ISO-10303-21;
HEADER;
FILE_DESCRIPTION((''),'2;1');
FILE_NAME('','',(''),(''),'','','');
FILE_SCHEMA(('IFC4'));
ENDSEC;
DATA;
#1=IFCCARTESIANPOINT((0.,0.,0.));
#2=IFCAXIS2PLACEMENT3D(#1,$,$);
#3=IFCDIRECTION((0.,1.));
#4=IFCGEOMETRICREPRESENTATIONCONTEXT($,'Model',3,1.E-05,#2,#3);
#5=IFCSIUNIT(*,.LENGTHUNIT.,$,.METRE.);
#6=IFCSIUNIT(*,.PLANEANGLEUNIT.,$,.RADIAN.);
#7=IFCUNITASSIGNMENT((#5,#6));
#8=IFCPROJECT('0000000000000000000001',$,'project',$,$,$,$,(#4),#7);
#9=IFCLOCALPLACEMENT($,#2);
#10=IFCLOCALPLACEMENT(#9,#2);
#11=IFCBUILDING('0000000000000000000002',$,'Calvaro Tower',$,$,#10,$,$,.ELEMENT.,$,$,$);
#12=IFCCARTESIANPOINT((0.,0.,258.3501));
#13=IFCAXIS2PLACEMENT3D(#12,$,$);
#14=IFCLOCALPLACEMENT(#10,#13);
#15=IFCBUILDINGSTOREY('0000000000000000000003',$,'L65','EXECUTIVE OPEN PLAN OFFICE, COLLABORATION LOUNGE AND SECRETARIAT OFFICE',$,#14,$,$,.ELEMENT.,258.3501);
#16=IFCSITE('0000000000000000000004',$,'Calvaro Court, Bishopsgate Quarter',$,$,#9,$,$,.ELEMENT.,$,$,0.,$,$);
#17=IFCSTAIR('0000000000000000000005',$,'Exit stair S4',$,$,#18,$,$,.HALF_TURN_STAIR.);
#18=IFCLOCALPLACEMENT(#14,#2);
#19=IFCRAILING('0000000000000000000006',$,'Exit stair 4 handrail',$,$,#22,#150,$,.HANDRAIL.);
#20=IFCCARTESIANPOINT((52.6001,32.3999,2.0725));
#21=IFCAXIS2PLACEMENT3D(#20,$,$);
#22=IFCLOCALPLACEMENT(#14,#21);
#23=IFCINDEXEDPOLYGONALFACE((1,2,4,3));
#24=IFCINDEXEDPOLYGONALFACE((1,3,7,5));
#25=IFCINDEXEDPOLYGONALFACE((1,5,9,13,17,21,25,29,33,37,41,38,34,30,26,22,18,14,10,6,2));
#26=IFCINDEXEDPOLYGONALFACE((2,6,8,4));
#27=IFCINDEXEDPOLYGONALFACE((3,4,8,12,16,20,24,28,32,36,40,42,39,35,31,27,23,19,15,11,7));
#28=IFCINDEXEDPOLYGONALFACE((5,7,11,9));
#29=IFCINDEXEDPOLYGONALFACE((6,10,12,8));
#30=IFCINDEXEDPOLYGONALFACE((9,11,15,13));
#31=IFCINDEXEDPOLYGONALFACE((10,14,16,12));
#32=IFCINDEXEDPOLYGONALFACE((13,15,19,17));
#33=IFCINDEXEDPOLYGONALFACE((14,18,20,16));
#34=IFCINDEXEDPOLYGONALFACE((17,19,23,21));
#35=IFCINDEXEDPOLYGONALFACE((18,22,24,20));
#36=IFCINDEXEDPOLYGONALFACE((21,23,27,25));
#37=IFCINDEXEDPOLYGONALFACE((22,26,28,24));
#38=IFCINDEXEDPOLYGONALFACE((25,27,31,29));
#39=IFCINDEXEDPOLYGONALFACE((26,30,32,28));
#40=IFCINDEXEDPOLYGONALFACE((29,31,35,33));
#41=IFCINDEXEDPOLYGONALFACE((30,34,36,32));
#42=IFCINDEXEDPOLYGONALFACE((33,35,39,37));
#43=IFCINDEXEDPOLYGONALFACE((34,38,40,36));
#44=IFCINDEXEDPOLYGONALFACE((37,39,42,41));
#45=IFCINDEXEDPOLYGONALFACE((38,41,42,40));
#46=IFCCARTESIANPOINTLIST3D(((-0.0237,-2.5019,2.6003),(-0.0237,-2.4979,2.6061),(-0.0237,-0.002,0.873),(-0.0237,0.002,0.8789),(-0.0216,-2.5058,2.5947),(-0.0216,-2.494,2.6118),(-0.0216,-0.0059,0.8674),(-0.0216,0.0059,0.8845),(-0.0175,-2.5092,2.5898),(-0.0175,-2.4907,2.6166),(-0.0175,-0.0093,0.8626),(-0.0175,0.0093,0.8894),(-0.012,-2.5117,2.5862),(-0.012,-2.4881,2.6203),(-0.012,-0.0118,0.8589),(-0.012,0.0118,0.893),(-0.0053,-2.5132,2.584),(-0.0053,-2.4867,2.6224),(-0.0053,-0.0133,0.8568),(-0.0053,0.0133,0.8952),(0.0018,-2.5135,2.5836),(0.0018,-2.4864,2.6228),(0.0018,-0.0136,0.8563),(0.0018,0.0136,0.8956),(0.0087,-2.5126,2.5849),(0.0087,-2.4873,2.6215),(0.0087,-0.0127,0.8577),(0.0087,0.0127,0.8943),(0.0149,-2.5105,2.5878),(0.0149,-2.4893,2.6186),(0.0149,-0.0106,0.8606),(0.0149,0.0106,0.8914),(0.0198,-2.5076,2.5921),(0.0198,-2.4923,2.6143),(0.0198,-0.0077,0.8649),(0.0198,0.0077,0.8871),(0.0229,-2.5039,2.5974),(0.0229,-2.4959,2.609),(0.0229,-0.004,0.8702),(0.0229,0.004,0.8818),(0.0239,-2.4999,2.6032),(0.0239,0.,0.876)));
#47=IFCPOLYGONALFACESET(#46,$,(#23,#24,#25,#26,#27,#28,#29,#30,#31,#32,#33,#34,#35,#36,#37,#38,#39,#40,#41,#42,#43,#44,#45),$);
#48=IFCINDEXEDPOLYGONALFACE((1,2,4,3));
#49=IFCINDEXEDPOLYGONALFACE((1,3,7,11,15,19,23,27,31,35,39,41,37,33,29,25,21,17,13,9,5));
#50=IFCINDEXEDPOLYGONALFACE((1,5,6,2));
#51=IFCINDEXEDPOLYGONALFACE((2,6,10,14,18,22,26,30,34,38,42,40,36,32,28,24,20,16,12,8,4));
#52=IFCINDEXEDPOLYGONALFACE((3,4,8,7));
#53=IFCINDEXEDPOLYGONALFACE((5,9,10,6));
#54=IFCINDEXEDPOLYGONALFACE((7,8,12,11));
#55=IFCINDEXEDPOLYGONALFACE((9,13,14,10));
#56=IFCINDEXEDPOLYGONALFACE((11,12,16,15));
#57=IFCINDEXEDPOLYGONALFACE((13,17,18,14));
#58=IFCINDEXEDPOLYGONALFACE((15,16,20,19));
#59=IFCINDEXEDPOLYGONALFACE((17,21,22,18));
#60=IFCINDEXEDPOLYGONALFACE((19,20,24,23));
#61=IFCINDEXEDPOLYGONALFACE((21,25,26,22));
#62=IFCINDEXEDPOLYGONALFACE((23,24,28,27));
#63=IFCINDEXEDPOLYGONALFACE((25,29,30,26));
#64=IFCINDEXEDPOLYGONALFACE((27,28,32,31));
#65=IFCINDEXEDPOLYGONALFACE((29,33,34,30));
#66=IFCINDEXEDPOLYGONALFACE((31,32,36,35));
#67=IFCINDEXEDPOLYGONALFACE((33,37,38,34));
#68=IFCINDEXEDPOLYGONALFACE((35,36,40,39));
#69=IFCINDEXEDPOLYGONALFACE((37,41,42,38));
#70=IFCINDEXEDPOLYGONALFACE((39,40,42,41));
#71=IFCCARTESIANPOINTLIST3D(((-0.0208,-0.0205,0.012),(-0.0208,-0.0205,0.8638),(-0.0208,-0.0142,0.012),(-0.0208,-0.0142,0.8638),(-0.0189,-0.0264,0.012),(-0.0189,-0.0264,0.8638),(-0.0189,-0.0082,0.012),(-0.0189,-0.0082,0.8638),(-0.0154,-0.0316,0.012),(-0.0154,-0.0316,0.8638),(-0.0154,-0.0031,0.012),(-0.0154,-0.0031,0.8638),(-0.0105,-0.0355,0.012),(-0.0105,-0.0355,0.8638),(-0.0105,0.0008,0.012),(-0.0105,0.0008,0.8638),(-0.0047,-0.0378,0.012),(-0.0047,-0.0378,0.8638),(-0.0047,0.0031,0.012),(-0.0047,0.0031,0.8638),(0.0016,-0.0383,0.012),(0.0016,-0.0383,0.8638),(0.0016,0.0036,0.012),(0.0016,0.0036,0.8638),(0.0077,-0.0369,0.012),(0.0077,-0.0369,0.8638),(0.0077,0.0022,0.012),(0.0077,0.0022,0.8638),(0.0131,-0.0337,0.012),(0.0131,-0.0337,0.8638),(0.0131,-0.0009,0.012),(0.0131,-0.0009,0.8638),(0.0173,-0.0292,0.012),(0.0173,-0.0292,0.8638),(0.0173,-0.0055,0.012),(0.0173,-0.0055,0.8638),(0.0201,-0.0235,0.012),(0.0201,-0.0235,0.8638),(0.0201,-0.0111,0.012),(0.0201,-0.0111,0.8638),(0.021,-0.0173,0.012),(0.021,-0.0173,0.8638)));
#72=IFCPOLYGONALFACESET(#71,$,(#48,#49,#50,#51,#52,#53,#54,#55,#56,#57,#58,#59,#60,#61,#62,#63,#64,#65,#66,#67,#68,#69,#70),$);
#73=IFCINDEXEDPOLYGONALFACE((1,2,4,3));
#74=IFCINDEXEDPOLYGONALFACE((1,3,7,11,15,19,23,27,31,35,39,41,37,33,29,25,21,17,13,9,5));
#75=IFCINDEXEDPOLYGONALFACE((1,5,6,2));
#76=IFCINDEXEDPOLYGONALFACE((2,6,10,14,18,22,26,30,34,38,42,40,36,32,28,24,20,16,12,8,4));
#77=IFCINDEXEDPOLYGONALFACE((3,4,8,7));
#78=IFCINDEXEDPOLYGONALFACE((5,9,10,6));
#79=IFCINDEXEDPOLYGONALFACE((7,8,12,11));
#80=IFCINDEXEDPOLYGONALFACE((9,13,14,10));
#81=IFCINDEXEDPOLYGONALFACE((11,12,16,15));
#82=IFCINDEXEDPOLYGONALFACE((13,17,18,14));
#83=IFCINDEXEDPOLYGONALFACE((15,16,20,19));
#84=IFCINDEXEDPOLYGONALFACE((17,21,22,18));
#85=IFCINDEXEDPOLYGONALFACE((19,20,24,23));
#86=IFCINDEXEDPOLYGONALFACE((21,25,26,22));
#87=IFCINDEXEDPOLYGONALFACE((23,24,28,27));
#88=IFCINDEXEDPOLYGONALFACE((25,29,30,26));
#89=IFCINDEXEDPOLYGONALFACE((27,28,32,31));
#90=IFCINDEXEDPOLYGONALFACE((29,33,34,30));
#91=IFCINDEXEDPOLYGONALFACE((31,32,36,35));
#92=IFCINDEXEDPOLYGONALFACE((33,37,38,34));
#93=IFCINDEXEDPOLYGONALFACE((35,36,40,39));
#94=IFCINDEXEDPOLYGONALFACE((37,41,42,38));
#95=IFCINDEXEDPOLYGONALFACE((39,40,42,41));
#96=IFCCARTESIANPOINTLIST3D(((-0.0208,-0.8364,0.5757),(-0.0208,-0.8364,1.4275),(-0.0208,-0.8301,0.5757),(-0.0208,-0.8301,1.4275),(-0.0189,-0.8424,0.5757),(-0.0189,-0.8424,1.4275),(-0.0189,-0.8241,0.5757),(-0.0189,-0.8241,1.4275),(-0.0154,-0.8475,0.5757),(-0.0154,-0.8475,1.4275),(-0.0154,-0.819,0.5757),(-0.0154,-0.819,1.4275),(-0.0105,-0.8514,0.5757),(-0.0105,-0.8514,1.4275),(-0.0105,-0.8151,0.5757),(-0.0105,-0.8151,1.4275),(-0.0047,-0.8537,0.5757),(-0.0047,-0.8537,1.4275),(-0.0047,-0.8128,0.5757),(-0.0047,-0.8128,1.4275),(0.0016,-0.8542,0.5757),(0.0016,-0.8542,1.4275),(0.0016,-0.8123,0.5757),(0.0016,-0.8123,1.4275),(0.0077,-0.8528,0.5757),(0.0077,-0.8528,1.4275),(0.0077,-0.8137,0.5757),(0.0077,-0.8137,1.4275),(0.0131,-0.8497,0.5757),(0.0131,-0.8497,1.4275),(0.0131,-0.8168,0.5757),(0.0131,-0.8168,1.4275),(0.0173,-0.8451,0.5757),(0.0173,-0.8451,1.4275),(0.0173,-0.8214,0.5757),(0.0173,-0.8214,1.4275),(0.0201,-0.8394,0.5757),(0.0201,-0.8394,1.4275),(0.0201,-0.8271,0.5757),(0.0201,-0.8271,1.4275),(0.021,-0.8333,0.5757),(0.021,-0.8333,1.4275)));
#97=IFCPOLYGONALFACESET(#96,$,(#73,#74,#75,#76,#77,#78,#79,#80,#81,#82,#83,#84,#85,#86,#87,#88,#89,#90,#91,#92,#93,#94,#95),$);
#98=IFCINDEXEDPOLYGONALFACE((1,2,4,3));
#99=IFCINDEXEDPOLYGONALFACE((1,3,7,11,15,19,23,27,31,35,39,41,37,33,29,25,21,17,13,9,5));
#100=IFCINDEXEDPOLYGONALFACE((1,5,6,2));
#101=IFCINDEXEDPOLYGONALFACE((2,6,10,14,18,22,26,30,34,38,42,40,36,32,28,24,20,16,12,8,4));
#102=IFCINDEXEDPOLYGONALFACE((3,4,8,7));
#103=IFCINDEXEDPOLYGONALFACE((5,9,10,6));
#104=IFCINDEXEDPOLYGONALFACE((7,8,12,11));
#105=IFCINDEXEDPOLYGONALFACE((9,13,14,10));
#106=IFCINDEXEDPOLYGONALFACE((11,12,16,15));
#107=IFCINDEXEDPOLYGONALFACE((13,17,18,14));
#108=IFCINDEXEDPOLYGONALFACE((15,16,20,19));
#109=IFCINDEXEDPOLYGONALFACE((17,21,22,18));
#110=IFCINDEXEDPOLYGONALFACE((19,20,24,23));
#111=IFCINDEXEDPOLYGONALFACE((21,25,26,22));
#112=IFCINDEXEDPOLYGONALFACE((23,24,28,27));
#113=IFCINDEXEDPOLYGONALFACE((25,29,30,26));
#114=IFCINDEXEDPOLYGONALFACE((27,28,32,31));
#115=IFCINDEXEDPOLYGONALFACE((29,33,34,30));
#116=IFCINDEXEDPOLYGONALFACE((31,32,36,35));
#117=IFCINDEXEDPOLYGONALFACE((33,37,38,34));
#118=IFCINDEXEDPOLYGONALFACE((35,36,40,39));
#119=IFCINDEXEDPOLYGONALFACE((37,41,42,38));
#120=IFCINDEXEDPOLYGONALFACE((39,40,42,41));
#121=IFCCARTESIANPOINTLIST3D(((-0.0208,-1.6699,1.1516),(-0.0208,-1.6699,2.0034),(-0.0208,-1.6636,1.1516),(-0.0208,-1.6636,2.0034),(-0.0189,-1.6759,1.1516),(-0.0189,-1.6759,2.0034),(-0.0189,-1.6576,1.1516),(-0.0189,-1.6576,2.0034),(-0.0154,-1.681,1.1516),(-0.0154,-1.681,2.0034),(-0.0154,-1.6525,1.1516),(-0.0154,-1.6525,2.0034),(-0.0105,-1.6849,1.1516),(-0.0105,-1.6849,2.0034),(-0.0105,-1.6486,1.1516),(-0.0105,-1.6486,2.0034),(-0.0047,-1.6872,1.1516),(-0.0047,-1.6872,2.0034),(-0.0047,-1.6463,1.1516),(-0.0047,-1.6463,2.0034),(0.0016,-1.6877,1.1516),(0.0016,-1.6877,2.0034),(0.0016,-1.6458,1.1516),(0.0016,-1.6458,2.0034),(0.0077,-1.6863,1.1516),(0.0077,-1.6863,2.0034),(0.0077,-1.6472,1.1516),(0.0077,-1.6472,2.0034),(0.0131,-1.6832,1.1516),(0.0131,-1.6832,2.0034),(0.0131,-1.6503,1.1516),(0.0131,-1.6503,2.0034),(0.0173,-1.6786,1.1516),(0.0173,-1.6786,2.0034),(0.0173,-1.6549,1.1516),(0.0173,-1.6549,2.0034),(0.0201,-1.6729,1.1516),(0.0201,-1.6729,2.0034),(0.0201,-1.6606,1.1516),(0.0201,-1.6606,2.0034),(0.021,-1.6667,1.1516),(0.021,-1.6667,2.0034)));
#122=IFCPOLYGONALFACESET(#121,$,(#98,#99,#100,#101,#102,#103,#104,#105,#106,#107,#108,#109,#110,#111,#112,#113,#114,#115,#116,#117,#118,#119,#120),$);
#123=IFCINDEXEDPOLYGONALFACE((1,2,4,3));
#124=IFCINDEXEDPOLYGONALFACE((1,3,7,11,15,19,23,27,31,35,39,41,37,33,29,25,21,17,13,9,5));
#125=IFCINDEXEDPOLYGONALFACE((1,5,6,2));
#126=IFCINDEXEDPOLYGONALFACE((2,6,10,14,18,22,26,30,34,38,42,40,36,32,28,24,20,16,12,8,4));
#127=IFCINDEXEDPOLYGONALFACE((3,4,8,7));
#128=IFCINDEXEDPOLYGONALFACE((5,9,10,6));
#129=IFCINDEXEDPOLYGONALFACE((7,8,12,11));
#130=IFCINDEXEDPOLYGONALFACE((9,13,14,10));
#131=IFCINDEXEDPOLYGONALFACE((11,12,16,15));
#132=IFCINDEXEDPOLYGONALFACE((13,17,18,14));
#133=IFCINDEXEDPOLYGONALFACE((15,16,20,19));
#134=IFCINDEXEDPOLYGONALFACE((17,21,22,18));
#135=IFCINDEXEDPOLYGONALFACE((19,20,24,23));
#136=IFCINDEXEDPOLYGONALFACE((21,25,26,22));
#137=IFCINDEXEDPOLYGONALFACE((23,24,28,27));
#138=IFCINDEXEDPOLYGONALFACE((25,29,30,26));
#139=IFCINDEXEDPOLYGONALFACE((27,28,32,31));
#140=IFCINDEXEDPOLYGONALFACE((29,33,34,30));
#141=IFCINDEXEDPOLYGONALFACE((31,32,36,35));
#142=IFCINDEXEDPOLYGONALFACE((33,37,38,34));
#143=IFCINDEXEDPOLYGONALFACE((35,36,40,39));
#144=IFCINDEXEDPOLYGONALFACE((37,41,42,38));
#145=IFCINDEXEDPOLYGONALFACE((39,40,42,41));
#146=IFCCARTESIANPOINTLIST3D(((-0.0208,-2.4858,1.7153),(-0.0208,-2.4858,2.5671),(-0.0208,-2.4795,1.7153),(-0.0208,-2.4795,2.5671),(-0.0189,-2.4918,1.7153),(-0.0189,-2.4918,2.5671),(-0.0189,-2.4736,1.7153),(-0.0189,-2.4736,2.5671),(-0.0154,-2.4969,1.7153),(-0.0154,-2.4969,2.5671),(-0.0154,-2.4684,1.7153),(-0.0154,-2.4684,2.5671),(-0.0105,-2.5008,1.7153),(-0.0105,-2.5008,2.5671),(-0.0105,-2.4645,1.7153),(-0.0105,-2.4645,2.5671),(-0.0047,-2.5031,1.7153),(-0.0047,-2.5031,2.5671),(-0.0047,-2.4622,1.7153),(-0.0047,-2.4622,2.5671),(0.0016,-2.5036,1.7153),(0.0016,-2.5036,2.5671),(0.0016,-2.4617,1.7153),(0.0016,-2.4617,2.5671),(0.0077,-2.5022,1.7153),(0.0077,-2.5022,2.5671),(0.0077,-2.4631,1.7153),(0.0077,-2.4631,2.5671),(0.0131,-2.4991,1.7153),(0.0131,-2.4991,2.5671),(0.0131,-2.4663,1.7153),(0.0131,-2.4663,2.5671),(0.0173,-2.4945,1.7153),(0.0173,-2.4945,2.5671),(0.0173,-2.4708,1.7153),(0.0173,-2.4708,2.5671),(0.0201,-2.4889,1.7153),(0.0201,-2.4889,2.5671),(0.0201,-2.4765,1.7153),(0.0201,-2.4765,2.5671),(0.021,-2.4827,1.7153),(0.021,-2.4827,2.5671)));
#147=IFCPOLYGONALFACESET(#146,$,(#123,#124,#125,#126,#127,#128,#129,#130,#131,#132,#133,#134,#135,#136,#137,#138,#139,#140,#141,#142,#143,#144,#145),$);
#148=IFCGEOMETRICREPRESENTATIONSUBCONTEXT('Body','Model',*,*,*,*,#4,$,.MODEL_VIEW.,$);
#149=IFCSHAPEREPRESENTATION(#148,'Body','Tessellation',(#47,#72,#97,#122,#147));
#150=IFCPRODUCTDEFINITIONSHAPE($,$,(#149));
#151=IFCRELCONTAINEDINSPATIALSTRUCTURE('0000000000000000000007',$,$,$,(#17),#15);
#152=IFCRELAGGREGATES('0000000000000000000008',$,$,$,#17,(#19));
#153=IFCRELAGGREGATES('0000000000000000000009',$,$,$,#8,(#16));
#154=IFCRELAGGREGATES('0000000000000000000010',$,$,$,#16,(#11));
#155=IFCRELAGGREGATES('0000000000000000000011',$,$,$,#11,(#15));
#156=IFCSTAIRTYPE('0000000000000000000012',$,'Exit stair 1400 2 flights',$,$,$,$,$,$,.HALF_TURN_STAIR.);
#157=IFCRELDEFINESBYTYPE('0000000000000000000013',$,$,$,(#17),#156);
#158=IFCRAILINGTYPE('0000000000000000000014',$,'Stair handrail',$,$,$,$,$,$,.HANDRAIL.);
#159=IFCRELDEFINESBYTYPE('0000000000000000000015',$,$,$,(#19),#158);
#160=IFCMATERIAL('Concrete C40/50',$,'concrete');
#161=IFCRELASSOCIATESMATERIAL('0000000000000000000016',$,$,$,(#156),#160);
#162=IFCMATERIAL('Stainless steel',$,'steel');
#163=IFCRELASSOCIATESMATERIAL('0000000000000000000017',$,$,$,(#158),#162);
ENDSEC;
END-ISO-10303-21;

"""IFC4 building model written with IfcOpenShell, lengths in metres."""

from ifc_helpers import new_model, si_unit, direction, frame, origin, origin_2d, place, context, subcontext, project, spatial, circle, extrude, material, type_object, element, aggregate, save


model = new_model("IFC4")

# Units and contexts
model_context = context("Model", 3, precision=1e-05, world=origin(), true_north=direction((0.0, 1.0)))
body_context = subcontext(model_context, "Body", "Model", "MODEL_VIEW")
ifc_project = project(units=[si_unit("LENGTHUNIT", "METRE"), si_unit("PLANEANGLEUNIT", "RADIAN")], contexts=[model_context])

# Site, building, storey
site_placement = place(None, origin())
site = spatial("IfcSite", under=ifc_project, at=site_placement, Name="Calvaro Court, Bishopsgate Quarter", CompositionType="ELEMENT", RefElevation=0.0)
building_placement = place(site_placement, origin())
building = spatial("IfcBuilding", under=site, at=building_placement, Name="Calvaro Tower", CompositionType="ELEMENT")
storey_placement = place(building_placement, frame((0.0, 0.0, 258.3501)))
storey = spatial("IfcBuildingStorey", under=building, at=storey_placement, Name="L65", Description="EXECUTIVE OPEN PLAN OFFICE, COLLABORATION LOUNGE AND SECRETARIAT OFFICE", CompositionType="ELEMENT", Elevation=258.3501)

# Stair
ifc_material_1 = material(Name="Concrete C40/50", Category="concrete")
stair_type = type_object("IfcStairType", Name="Exit stair 1400 2 flights", PredefinedType="HALF_TURN_STAIR", material=ifc_material_1)
stair_1_placement = place(storey_placement, origin())
stair_1 = element("IfcStair", 1, at=stair_1_placement, inside=storey, type_object=stair_type, Name="Exit stair S4", PredefinedType="HALF_TURN_STAIR")

# Railing
ifc_material_2 = material(Name="Stainless steel", Category="steel")
railing_type = type_object("IfcRailingType", Name="Stair handrail", PredefinedType="HANDRAIL", material=ifc_material_2)
railing_1_placement = place(storey_placement, frame((52.6001, 32.3999, 2.0725)))
railing_1 = element("IfcRailing", 2, at=railing_1_placement, type_object=railing_type, Name="Exit stair 4 handrail", PredefinedType="HANDRAIL", context=body_context, shape_type="SweptSolid", body=[
    extrude(circle(Radius=0.0239, at=origin_2d()), frame((0.0, 0.0, 0.876), z_axis=(0.0, -0.822727, 0.568437), x_axis=(1.0, 0.0, 0.0)), (0.0, 0.0, 1.0), 3.0386),
    extrude(circle(Radius=0.021, at=origin_2d()), frame((0.0, -0.0173, 0.012)), (0.0, 0.0, 1.0), 0.8518),
    extrude(circle(Radius=0.021, at=origin_2d()), frame((0.0, -0.8333, 0.5757)), (0.0, 0.0, 1.0), 0.8518),
    extrude(circle(Radius=0.021, at=origin_2d()), frame((0.0, -1.6667, 1.1516)), (0.0, 0.0, 1.0), 0.8518),
    extrude(circle(Radius=0.021, at=origin_2d()), frame((0.0, -2.4827, 1.7153)), (0.0, 0.0, 1.0), 0.8518),
])
aggregate(stair_1, [railing_1])

save(model, "model.ifc")
